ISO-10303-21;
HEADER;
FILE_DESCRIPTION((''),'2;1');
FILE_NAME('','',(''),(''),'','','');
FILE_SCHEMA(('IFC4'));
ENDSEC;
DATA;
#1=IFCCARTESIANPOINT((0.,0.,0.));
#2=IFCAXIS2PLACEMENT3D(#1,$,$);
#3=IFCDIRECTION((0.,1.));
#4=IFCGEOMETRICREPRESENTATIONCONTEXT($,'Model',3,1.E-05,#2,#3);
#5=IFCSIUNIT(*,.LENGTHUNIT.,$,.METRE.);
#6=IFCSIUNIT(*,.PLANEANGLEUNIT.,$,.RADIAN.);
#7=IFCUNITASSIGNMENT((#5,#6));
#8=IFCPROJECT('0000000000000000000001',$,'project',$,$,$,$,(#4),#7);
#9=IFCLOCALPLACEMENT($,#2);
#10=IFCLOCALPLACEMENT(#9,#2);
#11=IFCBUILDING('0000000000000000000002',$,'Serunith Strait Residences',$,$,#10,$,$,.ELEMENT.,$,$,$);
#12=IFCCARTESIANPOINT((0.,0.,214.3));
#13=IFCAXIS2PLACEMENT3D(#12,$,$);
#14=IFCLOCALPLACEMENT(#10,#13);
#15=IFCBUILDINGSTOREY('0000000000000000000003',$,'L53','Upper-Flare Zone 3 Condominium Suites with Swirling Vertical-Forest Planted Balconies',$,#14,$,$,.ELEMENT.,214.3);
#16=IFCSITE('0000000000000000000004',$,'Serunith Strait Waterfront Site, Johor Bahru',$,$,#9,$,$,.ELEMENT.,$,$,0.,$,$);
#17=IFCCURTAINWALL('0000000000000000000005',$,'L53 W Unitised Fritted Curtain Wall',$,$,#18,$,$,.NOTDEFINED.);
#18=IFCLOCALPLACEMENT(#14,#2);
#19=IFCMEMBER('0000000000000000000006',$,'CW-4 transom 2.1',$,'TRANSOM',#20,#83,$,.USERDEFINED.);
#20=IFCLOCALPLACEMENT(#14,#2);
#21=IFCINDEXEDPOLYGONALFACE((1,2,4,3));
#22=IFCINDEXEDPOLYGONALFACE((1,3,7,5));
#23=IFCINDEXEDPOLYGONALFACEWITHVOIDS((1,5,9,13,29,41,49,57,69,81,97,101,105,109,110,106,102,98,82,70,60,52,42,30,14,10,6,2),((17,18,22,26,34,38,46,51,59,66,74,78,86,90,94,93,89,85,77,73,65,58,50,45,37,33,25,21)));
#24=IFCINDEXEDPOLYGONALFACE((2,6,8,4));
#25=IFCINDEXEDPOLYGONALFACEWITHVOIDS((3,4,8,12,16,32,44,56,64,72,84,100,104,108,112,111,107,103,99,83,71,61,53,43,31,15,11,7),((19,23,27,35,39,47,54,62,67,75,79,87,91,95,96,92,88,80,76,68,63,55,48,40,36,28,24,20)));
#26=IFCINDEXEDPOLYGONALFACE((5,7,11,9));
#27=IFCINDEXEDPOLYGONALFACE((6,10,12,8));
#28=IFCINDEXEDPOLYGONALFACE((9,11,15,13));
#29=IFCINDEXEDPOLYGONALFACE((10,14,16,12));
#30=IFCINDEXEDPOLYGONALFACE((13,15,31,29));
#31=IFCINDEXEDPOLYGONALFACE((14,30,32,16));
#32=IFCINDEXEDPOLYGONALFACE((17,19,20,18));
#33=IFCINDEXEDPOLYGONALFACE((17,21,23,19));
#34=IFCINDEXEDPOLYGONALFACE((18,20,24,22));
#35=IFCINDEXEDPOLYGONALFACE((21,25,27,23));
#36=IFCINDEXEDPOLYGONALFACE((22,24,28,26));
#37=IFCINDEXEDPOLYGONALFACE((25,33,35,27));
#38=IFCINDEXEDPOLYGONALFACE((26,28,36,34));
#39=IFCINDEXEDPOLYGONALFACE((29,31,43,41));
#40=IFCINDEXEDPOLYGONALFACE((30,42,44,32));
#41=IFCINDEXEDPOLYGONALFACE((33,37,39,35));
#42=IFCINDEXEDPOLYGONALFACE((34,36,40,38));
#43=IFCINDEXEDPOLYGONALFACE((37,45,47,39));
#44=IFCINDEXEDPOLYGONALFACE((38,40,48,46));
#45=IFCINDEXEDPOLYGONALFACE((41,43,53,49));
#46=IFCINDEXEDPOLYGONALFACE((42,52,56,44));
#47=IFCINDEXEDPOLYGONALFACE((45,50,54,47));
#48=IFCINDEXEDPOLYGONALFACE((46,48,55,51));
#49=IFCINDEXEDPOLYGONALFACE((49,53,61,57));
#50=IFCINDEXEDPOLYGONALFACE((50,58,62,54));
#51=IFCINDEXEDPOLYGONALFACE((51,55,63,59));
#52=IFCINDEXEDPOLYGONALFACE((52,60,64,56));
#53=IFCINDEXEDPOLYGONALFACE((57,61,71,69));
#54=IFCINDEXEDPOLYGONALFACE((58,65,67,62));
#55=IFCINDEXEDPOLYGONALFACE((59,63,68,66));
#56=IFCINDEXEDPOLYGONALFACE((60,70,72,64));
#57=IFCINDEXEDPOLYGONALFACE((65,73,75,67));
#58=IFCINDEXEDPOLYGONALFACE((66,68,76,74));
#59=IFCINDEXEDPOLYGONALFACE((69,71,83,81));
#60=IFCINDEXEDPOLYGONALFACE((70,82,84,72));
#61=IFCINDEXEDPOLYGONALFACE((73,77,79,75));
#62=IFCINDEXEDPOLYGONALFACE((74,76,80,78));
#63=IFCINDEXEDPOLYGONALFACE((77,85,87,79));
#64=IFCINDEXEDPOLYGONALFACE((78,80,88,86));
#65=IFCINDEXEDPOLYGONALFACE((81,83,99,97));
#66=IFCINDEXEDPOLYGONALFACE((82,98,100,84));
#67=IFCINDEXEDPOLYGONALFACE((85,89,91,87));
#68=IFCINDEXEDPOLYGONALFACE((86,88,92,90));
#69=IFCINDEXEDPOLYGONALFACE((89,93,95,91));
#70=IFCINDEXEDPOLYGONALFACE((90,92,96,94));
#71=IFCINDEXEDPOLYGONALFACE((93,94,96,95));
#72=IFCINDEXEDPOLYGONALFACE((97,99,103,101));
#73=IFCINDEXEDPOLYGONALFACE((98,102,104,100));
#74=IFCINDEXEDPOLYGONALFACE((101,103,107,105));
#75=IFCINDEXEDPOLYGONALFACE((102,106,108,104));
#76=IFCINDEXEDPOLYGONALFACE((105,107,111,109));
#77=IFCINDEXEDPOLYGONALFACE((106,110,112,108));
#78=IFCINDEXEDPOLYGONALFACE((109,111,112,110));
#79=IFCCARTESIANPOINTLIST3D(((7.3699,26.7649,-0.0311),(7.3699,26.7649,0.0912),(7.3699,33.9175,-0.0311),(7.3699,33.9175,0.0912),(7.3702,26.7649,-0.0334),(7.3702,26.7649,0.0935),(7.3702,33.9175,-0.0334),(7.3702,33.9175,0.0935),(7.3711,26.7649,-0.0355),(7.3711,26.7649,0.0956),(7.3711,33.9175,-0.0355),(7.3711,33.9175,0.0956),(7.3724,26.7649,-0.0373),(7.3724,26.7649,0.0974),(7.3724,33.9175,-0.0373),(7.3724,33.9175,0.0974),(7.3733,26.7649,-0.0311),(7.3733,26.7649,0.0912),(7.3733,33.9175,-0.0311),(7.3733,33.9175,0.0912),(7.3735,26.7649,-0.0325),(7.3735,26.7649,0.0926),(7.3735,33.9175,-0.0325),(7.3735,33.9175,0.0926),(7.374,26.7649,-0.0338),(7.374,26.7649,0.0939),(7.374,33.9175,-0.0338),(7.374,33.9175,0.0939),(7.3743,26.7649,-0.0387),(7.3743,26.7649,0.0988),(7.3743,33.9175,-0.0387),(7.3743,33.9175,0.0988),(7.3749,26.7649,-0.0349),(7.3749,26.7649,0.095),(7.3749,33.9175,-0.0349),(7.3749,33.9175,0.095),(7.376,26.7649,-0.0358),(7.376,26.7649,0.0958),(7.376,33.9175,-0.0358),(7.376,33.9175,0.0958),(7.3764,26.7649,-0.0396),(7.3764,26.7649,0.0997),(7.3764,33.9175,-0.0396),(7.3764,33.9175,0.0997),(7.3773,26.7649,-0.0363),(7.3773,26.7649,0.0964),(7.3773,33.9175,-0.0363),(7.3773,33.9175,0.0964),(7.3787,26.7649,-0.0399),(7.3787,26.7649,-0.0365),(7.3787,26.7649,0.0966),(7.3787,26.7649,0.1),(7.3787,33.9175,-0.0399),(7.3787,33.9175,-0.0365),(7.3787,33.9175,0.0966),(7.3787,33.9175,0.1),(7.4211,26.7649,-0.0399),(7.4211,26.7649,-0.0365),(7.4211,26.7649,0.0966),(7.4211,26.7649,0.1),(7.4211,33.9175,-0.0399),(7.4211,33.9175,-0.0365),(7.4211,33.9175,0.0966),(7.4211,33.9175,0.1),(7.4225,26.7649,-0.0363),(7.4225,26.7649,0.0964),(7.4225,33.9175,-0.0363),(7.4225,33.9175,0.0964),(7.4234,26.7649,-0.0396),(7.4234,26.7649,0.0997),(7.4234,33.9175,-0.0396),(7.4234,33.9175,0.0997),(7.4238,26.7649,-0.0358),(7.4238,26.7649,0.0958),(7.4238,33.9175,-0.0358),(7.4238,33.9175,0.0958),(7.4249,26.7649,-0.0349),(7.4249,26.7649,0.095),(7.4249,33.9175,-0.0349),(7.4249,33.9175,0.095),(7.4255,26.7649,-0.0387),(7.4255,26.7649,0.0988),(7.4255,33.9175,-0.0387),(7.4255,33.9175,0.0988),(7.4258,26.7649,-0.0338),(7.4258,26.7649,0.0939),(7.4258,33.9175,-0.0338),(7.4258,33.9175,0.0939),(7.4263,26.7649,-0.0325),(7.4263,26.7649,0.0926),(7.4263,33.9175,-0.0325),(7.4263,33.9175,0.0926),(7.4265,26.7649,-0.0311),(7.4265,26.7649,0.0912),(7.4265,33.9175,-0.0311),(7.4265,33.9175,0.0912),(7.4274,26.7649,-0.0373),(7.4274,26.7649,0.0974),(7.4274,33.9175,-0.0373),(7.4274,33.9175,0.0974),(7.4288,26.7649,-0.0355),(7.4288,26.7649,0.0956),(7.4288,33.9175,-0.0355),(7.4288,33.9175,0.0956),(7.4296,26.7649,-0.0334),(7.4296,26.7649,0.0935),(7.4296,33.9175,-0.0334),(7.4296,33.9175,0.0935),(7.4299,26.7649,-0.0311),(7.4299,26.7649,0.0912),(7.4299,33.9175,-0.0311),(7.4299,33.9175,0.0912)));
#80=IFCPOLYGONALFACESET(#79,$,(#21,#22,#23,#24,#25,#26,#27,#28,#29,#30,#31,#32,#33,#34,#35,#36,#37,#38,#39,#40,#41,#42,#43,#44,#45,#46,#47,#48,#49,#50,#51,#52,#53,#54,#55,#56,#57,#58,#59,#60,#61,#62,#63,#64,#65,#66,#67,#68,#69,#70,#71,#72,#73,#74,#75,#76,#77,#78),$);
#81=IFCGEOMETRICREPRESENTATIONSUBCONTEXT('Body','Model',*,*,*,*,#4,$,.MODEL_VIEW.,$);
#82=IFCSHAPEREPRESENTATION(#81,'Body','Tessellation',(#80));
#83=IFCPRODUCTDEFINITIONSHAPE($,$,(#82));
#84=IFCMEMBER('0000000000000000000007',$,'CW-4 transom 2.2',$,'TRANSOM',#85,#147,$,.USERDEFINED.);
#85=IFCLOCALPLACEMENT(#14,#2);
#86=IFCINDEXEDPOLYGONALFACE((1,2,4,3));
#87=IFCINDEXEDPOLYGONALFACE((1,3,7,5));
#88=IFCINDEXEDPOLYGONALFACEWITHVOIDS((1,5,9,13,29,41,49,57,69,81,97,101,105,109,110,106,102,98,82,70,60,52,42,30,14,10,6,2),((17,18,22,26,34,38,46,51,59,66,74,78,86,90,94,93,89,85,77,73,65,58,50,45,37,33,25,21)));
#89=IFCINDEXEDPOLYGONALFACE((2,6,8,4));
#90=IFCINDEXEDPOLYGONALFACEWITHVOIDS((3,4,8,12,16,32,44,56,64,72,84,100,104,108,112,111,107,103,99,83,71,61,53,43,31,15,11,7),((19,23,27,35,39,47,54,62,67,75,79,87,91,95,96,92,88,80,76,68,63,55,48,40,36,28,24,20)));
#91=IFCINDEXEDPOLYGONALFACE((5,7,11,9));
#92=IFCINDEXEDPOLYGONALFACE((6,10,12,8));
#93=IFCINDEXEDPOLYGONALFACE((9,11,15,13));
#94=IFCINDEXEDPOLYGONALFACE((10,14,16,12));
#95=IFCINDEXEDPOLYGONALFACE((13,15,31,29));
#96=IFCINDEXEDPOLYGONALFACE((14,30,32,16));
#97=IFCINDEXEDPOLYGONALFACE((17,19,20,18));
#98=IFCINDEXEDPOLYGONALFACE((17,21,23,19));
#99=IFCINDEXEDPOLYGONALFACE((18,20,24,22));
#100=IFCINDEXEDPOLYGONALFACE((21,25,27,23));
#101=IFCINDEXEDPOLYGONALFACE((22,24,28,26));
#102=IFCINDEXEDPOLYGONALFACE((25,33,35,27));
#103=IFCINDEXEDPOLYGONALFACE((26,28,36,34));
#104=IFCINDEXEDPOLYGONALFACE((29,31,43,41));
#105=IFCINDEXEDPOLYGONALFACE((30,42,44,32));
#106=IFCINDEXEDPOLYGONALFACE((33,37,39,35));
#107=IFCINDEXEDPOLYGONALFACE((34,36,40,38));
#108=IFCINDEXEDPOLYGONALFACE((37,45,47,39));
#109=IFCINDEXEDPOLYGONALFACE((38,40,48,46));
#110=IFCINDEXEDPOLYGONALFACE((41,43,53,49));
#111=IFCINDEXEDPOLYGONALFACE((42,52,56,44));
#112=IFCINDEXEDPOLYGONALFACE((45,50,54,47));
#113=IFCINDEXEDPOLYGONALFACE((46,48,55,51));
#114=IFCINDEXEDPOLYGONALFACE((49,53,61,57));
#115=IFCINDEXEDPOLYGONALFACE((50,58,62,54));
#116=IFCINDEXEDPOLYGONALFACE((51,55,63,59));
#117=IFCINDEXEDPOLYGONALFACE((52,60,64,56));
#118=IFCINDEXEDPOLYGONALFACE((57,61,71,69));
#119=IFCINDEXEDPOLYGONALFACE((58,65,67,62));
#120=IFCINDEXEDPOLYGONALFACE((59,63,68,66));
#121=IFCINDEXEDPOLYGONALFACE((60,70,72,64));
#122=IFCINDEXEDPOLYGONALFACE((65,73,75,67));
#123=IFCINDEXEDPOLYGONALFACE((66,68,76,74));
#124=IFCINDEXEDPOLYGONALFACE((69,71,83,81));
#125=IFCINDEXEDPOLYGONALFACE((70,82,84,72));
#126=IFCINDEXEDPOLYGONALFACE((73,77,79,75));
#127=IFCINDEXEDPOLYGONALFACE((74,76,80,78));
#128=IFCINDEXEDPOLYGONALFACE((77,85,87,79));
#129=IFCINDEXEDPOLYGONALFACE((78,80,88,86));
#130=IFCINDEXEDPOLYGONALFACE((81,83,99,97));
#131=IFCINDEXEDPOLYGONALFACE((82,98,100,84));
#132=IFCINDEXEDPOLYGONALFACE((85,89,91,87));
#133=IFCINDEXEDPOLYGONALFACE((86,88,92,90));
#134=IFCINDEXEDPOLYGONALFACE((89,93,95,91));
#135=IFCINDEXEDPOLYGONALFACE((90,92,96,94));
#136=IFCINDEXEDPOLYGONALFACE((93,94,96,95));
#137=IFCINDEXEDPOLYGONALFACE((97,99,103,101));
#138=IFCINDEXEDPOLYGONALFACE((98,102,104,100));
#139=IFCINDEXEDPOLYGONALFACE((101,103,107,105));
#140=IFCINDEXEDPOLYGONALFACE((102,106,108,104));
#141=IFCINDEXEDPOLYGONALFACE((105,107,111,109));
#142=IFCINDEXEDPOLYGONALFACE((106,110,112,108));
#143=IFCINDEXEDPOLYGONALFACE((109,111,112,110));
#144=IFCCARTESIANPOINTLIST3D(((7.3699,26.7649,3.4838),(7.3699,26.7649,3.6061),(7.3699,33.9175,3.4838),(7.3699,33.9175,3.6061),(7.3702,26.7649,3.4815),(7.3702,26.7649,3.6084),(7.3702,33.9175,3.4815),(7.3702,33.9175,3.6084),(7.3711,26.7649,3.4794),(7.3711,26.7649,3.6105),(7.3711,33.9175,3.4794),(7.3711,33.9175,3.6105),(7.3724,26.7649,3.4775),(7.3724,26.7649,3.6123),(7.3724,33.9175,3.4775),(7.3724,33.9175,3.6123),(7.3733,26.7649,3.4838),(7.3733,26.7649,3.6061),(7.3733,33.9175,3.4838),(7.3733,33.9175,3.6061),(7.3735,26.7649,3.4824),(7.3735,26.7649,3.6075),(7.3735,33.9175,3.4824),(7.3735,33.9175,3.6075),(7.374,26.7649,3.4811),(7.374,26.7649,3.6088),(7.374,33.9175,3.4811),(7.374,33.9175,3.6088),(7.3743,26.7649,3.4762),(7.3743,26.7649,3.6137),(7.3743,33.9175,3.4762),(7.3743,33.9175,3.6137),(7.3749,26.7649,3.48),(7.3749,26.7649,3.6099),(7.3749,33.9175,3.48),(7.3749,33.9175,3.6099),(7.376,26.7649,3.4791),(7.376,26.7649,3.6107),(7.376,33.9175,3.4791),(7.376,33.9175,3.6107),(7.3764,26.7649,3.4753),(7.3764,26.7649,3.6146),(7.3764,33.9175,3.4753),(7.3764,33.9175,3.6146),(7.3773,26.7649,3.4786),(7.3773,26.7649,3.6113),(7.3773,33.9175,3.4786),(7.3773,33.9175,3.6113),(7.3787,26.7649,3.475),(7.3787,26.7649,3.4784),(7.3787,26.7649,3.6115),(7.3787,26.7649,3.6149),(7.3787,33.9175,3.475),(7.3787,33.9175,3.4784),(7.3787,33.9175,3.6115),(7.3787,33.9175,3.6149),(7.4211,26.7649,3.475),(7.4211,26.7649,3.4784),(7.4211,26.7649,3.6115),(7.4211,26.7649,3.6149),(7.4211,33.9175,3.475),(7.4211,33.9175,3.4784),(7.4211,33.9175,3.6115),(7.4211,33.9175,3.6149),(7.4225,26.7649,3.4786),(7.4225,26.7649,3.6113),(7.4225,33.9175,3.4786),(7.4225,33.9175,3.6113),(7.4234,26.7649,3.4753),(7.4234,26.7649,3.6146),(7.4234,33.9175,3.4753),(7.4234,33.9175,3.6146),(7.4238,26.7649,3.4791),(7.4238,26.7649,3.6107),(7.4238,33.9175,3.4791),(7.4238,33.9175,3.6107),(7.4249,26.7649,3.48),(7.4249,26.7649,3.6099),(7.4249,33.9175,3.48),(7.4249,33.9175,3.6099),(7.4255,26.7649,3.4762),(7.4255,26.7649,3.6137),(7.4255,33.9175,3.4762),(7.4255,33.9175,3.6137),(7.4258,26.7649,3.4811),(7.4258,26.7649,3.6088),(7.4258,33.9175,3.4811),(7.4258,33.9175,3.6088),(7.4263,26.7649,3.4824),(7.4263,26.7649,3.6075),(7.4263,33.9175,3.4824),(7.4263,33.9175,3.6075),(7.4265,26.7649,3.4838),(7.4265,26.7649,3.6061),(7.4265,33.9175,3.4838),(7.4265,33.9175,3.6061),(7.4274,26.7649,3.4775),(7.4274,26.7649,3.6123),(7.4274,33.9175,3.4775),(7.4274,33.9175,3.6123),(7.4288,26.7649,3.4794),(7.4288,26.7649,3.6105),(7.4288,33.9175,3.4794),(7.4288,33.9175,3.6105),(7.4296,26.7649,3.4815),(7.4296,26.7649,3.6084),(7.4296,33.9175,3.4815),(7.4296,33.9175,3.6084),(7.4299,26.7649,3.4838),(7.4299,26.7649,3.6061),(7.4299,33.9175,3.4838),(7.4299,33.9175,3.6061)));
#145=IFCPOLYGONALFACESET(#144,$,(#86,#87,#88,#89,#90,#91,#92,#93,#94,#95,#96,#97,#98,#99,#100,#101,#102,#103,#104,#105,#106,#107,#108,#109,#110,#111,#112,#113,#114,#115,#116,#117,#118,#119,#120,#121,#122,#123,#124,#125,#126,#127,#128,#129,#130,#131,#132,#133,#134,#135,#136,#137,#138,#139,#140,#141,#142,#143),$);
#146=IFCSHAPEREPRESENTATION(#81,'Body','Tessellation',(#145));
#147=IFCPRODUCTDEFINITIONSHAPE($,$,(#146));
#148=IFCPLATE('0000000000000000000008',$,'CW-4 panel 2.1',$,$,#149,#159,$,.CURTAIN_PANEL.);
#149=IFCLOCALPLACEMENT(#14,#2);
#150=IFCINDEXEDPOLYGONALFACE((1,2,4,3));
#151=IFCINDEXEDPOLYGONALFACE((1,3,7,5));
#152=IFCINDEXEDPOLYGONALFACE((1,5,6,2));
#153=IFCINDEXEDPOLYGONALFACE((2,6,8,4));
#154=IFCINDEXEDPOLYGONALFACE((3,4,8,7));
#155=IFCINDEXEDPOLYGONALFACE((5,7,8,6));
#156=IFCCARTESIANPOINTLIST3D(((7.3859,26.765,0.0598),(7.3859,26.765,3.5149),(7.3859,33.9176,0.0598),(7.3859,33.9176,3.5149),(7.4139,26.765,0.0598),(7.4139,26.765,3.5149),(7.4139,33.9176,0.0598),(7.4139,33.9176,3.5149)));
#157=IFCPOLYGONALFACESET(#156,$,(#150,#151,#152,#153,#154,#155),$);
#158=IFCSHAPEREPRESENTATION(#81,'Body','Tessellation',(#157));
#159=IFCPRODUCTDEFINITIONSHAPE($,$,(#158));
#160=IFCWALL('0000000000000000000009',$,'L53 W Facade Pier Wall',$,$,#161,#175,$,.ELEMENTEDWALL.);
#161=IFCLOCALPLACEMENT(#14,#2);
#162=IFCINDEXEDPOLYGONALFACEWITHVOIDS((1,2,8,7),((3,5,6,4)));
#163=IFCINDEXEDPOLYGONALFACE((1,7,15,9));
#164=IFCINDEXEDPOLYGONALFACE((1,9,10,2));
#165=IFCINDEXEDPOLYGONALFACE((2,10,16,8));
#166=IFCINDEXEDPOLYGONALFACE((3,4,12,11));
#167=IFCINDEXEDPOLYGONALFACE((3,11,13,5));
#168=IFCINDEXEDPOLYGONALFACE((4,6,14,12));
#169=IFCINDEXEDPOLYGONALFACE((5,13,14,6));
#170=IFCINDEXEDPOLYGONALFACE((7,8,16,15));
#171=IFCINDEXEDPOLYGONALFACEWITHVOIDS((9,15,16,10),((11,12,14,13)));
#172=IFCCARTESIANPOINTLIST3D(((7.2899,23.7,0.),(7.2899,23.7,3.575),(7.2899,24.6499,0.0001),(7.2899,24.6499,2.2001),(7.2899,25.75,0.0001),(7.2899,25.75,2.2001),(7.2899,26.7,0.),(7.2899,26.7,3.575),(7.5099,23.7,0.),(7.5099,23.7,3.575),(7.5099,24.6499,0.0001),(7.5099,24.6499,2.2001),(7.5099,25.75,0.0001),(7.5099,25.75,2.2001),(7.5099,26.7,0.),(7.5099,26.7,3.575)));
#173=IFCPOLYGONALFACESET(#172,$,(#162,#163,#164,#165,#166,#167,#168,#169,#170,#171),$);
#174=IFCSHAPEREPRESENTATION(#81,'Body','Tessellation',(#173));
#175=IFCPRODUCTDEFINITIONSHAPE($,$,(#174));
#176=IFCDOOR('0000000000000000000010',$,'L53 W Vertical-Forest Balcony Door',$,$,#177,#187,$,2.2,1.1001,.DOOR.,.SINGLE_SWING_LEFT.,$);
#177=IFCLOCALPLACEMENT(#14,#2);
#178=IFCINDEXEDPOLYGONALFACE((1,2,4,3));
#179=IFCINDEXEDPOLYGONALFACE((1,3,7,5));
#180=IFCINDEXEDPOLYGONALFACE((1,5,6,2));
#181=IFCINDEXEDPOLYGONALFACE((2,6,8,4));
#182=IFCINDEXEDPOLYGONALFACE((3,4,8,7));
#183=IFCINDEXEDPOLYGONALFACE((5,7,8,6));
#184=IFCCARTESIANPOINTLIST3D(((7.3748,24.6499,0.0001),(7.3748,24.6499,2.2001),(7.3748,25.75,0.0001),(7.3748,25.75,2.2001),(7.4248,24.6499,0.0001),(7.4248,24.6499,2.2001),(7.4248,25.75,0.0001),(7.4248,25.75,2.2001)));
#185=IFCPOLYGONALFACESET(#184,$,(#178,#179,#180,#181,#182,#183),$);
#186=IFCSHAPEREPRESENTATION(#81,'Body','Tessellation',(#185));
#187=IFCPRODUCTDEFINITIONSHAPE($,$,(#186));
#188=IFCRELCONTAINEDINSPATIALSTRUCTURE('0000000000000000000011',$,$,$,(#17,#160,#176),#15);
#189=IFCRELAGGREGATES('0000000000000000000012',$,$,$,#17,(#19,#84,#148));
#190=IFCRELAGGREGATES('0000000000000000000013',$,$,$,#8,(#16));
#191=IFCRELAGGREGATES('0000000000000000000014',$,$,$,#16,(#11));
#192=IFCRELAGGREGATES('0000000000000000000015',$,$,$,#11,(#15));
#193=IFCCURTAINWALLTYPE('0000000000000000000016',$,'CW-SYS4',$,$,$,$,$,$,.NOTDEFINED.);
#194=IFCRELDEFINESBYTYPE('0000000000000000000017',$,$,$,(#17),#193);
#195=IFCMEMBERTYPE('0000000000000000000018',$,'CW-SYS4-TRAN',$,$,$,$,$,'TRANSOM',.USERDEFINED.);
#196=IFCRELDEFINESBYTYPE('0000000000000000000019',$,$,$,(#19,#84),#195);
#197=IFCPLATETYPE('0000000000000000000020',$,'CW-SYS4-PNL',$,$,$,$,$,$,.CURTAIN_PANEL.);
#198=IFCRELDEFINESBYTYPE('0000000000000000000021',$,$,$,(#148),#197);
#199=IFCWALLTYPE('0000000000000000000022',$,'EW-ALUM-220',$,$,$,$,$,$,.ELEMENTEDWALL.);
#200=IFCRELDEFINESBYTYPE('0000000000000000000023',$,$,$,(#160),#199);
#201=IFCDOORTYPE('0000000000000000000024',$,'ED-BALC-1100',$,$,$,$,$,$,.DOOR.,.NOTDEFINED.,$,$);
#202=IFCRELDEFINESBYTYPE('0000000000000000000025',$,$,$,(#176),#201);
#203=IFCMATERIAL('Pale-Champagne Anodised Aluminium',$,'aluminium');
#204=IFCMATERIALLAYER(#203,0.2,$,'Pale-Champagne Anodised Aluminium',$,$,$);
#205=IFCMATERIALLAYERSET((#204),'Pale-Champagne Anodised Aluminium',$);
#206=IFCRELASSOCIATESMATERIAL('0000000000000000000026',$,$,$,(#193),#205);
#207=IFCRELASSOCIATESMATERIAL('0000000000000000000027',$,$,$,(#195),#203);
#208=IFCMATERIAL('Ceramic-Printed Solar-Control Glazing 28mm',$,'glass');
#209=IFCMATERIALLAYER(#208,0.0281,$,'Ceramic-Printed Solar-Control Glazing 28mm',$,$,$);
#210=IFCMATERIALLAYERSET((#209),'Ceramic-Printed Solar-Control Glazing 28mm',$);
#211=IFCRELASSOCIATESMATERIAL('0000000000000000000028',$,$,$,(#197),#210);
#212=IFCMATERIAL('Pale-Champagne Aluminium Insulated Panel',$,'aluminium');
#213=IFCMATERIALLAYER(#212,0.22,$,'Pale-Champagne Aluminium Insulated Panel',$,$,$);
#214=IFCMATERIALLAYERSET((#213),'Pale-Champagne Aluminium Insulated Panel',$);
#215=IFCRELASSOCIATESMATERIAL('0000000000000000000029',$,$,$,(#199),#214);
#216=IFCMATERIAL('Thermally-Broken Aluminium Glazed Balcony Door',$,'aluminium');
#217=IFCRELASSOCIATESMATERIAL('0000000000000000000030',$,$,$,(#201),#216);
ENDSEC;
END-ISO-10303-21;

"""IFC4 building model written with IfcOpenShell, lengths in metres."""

from ifc_helpers import new_model, si_unit, direction, frame, frame_2d, origin, origin_2d, place, context, subcontext, project, spatial, rectangle, hollow_rectangle, extrude, source, transform, mapped, material, layer, layer_set, material_profile, profile_set, type_object, element, fill, aggregate, save


model = new_model("IFC4")

# Units and contexts
model_context = context("Model", 3, precision=1e-05, world=origin(), true_north=direction((0.0, 1.0)))
body_context = subcontext(model_context, "Body", "Model", "MODEL_VIEW")
ifc_project = project(units=[si_unit("LENGTHUNIT", "METRE"), si_unit("PLANEANGLEUNIT", "RADIAN")], contexts=[model_context])

# Site, building, storey
site_placement = place(None, origin())
site = spatial("IfcSite", under=ifc_project, at=site_placement, Name="Serunith Strait Waterfront Site, Johor Bahru", CompositionType="ELEMENT", RefElevation=0.0)
building_placement = place(site_placement, origin())
building = spatial("IfcBuilding", under=site, at=building_placement, Name="Serunith Strait Residences", CompositionType="ELEMENT")
storey_placement = place(building_placement, frame((0.0, 0.0, 214.3)))
storey = spatial("IfcBuildingStorey", under=building, at=storey_placement, Name="L53", Description="Upper-Flare Zone 3 Condominium Suites with Swirling Vertical-Forest Planted Balconies", CompositionType="ELEMENT", Elevation=214.3)

# Curtain wall, members, plate
ifc_material_1 = material(Name="Pale-Champagne Anodised Aluminium", Category="aluminium")
ifc_layer_1 = layer(ifc_material_1, 0.2, Name="Pale-Champagne Anodised Aluminium")
ifc_layer_set_1 = layer_set([ifc_layer_1], Name="Pale-Champagne Anodised Aluminium")
curtain_wall_type = type_object("IfcCurtainWallType", Name="CW-SYS4", PredefinedType="NOTDEFINED", material=ifc_layer_set_1)
curtain_wall_placement = place(storey_placement, origin())
curtain_wall = element("IfcCurtainWall", 1, at=curtain_wall_placement, inside=storey, type_object=curtain_wall_type, Name="L53 W Unitised Fritted Curtain Wall", PredefinedType="NOTDEFINED")
ifc_material_profile_1 = material_profile(ifc_material_1, hollow_rectangle(XDim=0.0601, YDim=0.1399, WallThickness=0.0034, InnerFilletRadius=0.0054, OuterFilletRadius=0.0088, at=origin_2d()), Name="ALU 140x60x3.5")
ifc_profile_set_1 = profile_set([ifc_material_profile_1], Name="Pale-Champagne Anodised Aluminium")
member_type_1 = type_object("IfcMemberType", Name="CW-SYS4-TRAN", ElementType="TRANSOM", PredefinedType="USERDEFINED", material=ifc_profile_set_1)
shared_shape_1 = source(origin(), body_context, "Body", "SweptSolid", [
    extrude(hollow_rectangle(XDim=0.0601, YDim=0.1399, WallThickness=0.0034, InnerFilletRadius=0.0054, OuterFilletRadius=0.0088, at=origin_2d()), origin(), (0.0, 0.0, 1.0), 7.1526),
])
member_1_placement = place(storey_placement, frame((7.3999, 33.9175, 0.03), z_axis=(0.0, -1.0, 0.0), x_axis=(1.0, 0.0, 0.0)))
member_1 = element("IfcMember", 2, at=member_1_placement, type_object=member_type_1, Name="CW-4 transom 2.1", ObjectType="TRANSOM", PredefinedType="USERDEFINED", context=body_context, shape_type="MappedRepresentation", body=[
    mapped(shared_shape_1, transform((0.0, 0.0, 0.0), scale=1.0)),
])
member_2_placement = place(storey_placement, frame((7.3999, 33.9175, 3.5449), z_axis=(0.0, -1.0, 0.0), x_axis=(1.0, 0.0, 0.0)))
member_2 = element("IfcMember", 3, at=member_2_placement, type_object=member_type_1, Name="CW-4 transom 2.2", ObjectType="TRANSOM", PredefinedType="USERDEFINED", context=body_context, shape_type="MappedRepresentation", body=[
    mapped(shared_shape_1, transform((0.0, 0.0, 0.0), scale=1.0)),
])
ifc_material_2 = material(Name="Ceramic-Printed Solar-Control Glazing 28mm", Category="glass")
ifc_layer_2 = layer(ifc_material_2, 0.0281, Name="Ceramic-Printed Solar-Control Glazing 28mm")
ifc_layer_set_2 = layer_set([ifc_layer_2], Name="Ceramic-Printed Solar-Control Glazing 28mm")
plate_type = type_object("IfcPlateType", Name="CW-SYS4-PNL", PredefinedType="CURTAIN_PANEL", material=ifc_layer_set_2)
shared_shape_2 = source(origin(), body_context, "Body", "SweptSolid", [
    extrude(rectangle(XDim=7.1526, YDim=0.0281, at=origin_2d()), origin(), (0.0, 0.0, 1.0), 3.4551),
])
plate_placement = place(storey_placement, frame((7.3999, 30.3413, 0.0598), z_axis=(0.0, 0.0, 1.0), x_axis=(0.0, -1.0, 0.0)))
plate = element("IfcPlate", 4, at=plate_placement, type_object=plate_type, Name="CW-4 panel 2.1", PredefinedType="CURTAIN_PANEL", context=body_context, shape_type="MappedRepresentation", body=[
    mapped(shared_shape_2, transform((0.0, 0.0, 0.0), scale=1.0)),
])
aggregate(curtain_wall, [member_1, member_2, plate])

# Wall, opening, door
ifc_material_3 = material(Name="Pale-Champagne Aluminium Insulated Panel", Category="aluminium")
ifc_layer_3 = layer(ifc_material_3, 0.22, Name="Pale-Champagne Aluminium Insulated Panel")
ifc_layer_set_3 = layer_set([ifc_layer_3], Name="Pale-Champagne Aluminium Insulated Panel")
wall_type_1 = type_object("IfcWallType", Name="EW-ALUM-220", PredefinedType="ELEMENTEDWALL", material=ifc_layer_set_3)
wall_1_placement = place(storey_placement, frame((7.3999, 26.7, 0.0), z_axis=(0.0, 0.0, 1.0), x_axis=(0.0, -1.0, 0.0)))
wall_1 = element("IfcWall", 5, at=wall_1_placement, inside=storey, type_object=wall_type_1, Name="L53 W Facade Pier Wall", PredefinedType="ELEMENTEDWALL", context=body_context, shape_type="SweptSolid", body=[
    extrude(rectangle(XDim=3.0, YDim=0.22, at=frame_2d((1.5, 0.0))), origin(), (0.0, 0.0, 1.0), 3.575),
])
opening_1_placement = place(wall_1_placement, frame((0.95, 0.0, 0.0)))
opening_1 = element("IfcOpeningElement", 6, at=opening_1_placement, cuts=wall_1, PredefinedType="OPENING", context=body_context, shape_type="SweptSolid", body=[
    extrude(rectangle(XDim=1.1001, YDim=2.2, at=frame_2d((0.55, 1.1001))), frame((0.0, 0.1201, 0.0), z_axis=(0.0, -1.0, 0.0), x_axis=(1.0, 0.0, 0.0)), (0.0, 0.0, 1.0), 0.24),
])
ifc_material_4 = material(Name="Thermally-Broken Aluminium Glazed Balcony Door", Category="aluminium")
door_type_1 = type_object("IfcDoorType", Name="ED-BALC-1100", OperationType="NOTDEFINED", PredefinedType="DOOR", material=ifc_material_4)
shared_shape_3 = source(origin(), body_context, "Body", "SweptSolid", [
    extrude(rectangle(XDim=1.1001, YDim=2.2, at=frame_2d((0.55, 1.1001))), frame((0.0, 0.0249, 0.0), z_axis=(0.0, -1.0, 0.0), x_axis=(1.0, 0.0, 0.0)), (0.0, 0.0, 1.0), 0.05),
])
door_1_placement = place(opening_1_placement, origin())
door_1 = element("IfcDoor", 7, at=door_1_placement, inside=storey, type_object=door_type_1, Name="L53 W Vertical-Forest Balcony Door", OperationType="SINGLE_SWING_LEFT", OverallHeight=2.2, OverallWidth=1.1001, PredefinedType="DOOR", context=body_context, shape_type="MappedRepresentation", body=[
    mapped(shared_shape_3, transform((0.0, 0.0, 0.0), scale=1.0)),
])
fill(opening_1, door_1)

save(model, "model.ifc")
